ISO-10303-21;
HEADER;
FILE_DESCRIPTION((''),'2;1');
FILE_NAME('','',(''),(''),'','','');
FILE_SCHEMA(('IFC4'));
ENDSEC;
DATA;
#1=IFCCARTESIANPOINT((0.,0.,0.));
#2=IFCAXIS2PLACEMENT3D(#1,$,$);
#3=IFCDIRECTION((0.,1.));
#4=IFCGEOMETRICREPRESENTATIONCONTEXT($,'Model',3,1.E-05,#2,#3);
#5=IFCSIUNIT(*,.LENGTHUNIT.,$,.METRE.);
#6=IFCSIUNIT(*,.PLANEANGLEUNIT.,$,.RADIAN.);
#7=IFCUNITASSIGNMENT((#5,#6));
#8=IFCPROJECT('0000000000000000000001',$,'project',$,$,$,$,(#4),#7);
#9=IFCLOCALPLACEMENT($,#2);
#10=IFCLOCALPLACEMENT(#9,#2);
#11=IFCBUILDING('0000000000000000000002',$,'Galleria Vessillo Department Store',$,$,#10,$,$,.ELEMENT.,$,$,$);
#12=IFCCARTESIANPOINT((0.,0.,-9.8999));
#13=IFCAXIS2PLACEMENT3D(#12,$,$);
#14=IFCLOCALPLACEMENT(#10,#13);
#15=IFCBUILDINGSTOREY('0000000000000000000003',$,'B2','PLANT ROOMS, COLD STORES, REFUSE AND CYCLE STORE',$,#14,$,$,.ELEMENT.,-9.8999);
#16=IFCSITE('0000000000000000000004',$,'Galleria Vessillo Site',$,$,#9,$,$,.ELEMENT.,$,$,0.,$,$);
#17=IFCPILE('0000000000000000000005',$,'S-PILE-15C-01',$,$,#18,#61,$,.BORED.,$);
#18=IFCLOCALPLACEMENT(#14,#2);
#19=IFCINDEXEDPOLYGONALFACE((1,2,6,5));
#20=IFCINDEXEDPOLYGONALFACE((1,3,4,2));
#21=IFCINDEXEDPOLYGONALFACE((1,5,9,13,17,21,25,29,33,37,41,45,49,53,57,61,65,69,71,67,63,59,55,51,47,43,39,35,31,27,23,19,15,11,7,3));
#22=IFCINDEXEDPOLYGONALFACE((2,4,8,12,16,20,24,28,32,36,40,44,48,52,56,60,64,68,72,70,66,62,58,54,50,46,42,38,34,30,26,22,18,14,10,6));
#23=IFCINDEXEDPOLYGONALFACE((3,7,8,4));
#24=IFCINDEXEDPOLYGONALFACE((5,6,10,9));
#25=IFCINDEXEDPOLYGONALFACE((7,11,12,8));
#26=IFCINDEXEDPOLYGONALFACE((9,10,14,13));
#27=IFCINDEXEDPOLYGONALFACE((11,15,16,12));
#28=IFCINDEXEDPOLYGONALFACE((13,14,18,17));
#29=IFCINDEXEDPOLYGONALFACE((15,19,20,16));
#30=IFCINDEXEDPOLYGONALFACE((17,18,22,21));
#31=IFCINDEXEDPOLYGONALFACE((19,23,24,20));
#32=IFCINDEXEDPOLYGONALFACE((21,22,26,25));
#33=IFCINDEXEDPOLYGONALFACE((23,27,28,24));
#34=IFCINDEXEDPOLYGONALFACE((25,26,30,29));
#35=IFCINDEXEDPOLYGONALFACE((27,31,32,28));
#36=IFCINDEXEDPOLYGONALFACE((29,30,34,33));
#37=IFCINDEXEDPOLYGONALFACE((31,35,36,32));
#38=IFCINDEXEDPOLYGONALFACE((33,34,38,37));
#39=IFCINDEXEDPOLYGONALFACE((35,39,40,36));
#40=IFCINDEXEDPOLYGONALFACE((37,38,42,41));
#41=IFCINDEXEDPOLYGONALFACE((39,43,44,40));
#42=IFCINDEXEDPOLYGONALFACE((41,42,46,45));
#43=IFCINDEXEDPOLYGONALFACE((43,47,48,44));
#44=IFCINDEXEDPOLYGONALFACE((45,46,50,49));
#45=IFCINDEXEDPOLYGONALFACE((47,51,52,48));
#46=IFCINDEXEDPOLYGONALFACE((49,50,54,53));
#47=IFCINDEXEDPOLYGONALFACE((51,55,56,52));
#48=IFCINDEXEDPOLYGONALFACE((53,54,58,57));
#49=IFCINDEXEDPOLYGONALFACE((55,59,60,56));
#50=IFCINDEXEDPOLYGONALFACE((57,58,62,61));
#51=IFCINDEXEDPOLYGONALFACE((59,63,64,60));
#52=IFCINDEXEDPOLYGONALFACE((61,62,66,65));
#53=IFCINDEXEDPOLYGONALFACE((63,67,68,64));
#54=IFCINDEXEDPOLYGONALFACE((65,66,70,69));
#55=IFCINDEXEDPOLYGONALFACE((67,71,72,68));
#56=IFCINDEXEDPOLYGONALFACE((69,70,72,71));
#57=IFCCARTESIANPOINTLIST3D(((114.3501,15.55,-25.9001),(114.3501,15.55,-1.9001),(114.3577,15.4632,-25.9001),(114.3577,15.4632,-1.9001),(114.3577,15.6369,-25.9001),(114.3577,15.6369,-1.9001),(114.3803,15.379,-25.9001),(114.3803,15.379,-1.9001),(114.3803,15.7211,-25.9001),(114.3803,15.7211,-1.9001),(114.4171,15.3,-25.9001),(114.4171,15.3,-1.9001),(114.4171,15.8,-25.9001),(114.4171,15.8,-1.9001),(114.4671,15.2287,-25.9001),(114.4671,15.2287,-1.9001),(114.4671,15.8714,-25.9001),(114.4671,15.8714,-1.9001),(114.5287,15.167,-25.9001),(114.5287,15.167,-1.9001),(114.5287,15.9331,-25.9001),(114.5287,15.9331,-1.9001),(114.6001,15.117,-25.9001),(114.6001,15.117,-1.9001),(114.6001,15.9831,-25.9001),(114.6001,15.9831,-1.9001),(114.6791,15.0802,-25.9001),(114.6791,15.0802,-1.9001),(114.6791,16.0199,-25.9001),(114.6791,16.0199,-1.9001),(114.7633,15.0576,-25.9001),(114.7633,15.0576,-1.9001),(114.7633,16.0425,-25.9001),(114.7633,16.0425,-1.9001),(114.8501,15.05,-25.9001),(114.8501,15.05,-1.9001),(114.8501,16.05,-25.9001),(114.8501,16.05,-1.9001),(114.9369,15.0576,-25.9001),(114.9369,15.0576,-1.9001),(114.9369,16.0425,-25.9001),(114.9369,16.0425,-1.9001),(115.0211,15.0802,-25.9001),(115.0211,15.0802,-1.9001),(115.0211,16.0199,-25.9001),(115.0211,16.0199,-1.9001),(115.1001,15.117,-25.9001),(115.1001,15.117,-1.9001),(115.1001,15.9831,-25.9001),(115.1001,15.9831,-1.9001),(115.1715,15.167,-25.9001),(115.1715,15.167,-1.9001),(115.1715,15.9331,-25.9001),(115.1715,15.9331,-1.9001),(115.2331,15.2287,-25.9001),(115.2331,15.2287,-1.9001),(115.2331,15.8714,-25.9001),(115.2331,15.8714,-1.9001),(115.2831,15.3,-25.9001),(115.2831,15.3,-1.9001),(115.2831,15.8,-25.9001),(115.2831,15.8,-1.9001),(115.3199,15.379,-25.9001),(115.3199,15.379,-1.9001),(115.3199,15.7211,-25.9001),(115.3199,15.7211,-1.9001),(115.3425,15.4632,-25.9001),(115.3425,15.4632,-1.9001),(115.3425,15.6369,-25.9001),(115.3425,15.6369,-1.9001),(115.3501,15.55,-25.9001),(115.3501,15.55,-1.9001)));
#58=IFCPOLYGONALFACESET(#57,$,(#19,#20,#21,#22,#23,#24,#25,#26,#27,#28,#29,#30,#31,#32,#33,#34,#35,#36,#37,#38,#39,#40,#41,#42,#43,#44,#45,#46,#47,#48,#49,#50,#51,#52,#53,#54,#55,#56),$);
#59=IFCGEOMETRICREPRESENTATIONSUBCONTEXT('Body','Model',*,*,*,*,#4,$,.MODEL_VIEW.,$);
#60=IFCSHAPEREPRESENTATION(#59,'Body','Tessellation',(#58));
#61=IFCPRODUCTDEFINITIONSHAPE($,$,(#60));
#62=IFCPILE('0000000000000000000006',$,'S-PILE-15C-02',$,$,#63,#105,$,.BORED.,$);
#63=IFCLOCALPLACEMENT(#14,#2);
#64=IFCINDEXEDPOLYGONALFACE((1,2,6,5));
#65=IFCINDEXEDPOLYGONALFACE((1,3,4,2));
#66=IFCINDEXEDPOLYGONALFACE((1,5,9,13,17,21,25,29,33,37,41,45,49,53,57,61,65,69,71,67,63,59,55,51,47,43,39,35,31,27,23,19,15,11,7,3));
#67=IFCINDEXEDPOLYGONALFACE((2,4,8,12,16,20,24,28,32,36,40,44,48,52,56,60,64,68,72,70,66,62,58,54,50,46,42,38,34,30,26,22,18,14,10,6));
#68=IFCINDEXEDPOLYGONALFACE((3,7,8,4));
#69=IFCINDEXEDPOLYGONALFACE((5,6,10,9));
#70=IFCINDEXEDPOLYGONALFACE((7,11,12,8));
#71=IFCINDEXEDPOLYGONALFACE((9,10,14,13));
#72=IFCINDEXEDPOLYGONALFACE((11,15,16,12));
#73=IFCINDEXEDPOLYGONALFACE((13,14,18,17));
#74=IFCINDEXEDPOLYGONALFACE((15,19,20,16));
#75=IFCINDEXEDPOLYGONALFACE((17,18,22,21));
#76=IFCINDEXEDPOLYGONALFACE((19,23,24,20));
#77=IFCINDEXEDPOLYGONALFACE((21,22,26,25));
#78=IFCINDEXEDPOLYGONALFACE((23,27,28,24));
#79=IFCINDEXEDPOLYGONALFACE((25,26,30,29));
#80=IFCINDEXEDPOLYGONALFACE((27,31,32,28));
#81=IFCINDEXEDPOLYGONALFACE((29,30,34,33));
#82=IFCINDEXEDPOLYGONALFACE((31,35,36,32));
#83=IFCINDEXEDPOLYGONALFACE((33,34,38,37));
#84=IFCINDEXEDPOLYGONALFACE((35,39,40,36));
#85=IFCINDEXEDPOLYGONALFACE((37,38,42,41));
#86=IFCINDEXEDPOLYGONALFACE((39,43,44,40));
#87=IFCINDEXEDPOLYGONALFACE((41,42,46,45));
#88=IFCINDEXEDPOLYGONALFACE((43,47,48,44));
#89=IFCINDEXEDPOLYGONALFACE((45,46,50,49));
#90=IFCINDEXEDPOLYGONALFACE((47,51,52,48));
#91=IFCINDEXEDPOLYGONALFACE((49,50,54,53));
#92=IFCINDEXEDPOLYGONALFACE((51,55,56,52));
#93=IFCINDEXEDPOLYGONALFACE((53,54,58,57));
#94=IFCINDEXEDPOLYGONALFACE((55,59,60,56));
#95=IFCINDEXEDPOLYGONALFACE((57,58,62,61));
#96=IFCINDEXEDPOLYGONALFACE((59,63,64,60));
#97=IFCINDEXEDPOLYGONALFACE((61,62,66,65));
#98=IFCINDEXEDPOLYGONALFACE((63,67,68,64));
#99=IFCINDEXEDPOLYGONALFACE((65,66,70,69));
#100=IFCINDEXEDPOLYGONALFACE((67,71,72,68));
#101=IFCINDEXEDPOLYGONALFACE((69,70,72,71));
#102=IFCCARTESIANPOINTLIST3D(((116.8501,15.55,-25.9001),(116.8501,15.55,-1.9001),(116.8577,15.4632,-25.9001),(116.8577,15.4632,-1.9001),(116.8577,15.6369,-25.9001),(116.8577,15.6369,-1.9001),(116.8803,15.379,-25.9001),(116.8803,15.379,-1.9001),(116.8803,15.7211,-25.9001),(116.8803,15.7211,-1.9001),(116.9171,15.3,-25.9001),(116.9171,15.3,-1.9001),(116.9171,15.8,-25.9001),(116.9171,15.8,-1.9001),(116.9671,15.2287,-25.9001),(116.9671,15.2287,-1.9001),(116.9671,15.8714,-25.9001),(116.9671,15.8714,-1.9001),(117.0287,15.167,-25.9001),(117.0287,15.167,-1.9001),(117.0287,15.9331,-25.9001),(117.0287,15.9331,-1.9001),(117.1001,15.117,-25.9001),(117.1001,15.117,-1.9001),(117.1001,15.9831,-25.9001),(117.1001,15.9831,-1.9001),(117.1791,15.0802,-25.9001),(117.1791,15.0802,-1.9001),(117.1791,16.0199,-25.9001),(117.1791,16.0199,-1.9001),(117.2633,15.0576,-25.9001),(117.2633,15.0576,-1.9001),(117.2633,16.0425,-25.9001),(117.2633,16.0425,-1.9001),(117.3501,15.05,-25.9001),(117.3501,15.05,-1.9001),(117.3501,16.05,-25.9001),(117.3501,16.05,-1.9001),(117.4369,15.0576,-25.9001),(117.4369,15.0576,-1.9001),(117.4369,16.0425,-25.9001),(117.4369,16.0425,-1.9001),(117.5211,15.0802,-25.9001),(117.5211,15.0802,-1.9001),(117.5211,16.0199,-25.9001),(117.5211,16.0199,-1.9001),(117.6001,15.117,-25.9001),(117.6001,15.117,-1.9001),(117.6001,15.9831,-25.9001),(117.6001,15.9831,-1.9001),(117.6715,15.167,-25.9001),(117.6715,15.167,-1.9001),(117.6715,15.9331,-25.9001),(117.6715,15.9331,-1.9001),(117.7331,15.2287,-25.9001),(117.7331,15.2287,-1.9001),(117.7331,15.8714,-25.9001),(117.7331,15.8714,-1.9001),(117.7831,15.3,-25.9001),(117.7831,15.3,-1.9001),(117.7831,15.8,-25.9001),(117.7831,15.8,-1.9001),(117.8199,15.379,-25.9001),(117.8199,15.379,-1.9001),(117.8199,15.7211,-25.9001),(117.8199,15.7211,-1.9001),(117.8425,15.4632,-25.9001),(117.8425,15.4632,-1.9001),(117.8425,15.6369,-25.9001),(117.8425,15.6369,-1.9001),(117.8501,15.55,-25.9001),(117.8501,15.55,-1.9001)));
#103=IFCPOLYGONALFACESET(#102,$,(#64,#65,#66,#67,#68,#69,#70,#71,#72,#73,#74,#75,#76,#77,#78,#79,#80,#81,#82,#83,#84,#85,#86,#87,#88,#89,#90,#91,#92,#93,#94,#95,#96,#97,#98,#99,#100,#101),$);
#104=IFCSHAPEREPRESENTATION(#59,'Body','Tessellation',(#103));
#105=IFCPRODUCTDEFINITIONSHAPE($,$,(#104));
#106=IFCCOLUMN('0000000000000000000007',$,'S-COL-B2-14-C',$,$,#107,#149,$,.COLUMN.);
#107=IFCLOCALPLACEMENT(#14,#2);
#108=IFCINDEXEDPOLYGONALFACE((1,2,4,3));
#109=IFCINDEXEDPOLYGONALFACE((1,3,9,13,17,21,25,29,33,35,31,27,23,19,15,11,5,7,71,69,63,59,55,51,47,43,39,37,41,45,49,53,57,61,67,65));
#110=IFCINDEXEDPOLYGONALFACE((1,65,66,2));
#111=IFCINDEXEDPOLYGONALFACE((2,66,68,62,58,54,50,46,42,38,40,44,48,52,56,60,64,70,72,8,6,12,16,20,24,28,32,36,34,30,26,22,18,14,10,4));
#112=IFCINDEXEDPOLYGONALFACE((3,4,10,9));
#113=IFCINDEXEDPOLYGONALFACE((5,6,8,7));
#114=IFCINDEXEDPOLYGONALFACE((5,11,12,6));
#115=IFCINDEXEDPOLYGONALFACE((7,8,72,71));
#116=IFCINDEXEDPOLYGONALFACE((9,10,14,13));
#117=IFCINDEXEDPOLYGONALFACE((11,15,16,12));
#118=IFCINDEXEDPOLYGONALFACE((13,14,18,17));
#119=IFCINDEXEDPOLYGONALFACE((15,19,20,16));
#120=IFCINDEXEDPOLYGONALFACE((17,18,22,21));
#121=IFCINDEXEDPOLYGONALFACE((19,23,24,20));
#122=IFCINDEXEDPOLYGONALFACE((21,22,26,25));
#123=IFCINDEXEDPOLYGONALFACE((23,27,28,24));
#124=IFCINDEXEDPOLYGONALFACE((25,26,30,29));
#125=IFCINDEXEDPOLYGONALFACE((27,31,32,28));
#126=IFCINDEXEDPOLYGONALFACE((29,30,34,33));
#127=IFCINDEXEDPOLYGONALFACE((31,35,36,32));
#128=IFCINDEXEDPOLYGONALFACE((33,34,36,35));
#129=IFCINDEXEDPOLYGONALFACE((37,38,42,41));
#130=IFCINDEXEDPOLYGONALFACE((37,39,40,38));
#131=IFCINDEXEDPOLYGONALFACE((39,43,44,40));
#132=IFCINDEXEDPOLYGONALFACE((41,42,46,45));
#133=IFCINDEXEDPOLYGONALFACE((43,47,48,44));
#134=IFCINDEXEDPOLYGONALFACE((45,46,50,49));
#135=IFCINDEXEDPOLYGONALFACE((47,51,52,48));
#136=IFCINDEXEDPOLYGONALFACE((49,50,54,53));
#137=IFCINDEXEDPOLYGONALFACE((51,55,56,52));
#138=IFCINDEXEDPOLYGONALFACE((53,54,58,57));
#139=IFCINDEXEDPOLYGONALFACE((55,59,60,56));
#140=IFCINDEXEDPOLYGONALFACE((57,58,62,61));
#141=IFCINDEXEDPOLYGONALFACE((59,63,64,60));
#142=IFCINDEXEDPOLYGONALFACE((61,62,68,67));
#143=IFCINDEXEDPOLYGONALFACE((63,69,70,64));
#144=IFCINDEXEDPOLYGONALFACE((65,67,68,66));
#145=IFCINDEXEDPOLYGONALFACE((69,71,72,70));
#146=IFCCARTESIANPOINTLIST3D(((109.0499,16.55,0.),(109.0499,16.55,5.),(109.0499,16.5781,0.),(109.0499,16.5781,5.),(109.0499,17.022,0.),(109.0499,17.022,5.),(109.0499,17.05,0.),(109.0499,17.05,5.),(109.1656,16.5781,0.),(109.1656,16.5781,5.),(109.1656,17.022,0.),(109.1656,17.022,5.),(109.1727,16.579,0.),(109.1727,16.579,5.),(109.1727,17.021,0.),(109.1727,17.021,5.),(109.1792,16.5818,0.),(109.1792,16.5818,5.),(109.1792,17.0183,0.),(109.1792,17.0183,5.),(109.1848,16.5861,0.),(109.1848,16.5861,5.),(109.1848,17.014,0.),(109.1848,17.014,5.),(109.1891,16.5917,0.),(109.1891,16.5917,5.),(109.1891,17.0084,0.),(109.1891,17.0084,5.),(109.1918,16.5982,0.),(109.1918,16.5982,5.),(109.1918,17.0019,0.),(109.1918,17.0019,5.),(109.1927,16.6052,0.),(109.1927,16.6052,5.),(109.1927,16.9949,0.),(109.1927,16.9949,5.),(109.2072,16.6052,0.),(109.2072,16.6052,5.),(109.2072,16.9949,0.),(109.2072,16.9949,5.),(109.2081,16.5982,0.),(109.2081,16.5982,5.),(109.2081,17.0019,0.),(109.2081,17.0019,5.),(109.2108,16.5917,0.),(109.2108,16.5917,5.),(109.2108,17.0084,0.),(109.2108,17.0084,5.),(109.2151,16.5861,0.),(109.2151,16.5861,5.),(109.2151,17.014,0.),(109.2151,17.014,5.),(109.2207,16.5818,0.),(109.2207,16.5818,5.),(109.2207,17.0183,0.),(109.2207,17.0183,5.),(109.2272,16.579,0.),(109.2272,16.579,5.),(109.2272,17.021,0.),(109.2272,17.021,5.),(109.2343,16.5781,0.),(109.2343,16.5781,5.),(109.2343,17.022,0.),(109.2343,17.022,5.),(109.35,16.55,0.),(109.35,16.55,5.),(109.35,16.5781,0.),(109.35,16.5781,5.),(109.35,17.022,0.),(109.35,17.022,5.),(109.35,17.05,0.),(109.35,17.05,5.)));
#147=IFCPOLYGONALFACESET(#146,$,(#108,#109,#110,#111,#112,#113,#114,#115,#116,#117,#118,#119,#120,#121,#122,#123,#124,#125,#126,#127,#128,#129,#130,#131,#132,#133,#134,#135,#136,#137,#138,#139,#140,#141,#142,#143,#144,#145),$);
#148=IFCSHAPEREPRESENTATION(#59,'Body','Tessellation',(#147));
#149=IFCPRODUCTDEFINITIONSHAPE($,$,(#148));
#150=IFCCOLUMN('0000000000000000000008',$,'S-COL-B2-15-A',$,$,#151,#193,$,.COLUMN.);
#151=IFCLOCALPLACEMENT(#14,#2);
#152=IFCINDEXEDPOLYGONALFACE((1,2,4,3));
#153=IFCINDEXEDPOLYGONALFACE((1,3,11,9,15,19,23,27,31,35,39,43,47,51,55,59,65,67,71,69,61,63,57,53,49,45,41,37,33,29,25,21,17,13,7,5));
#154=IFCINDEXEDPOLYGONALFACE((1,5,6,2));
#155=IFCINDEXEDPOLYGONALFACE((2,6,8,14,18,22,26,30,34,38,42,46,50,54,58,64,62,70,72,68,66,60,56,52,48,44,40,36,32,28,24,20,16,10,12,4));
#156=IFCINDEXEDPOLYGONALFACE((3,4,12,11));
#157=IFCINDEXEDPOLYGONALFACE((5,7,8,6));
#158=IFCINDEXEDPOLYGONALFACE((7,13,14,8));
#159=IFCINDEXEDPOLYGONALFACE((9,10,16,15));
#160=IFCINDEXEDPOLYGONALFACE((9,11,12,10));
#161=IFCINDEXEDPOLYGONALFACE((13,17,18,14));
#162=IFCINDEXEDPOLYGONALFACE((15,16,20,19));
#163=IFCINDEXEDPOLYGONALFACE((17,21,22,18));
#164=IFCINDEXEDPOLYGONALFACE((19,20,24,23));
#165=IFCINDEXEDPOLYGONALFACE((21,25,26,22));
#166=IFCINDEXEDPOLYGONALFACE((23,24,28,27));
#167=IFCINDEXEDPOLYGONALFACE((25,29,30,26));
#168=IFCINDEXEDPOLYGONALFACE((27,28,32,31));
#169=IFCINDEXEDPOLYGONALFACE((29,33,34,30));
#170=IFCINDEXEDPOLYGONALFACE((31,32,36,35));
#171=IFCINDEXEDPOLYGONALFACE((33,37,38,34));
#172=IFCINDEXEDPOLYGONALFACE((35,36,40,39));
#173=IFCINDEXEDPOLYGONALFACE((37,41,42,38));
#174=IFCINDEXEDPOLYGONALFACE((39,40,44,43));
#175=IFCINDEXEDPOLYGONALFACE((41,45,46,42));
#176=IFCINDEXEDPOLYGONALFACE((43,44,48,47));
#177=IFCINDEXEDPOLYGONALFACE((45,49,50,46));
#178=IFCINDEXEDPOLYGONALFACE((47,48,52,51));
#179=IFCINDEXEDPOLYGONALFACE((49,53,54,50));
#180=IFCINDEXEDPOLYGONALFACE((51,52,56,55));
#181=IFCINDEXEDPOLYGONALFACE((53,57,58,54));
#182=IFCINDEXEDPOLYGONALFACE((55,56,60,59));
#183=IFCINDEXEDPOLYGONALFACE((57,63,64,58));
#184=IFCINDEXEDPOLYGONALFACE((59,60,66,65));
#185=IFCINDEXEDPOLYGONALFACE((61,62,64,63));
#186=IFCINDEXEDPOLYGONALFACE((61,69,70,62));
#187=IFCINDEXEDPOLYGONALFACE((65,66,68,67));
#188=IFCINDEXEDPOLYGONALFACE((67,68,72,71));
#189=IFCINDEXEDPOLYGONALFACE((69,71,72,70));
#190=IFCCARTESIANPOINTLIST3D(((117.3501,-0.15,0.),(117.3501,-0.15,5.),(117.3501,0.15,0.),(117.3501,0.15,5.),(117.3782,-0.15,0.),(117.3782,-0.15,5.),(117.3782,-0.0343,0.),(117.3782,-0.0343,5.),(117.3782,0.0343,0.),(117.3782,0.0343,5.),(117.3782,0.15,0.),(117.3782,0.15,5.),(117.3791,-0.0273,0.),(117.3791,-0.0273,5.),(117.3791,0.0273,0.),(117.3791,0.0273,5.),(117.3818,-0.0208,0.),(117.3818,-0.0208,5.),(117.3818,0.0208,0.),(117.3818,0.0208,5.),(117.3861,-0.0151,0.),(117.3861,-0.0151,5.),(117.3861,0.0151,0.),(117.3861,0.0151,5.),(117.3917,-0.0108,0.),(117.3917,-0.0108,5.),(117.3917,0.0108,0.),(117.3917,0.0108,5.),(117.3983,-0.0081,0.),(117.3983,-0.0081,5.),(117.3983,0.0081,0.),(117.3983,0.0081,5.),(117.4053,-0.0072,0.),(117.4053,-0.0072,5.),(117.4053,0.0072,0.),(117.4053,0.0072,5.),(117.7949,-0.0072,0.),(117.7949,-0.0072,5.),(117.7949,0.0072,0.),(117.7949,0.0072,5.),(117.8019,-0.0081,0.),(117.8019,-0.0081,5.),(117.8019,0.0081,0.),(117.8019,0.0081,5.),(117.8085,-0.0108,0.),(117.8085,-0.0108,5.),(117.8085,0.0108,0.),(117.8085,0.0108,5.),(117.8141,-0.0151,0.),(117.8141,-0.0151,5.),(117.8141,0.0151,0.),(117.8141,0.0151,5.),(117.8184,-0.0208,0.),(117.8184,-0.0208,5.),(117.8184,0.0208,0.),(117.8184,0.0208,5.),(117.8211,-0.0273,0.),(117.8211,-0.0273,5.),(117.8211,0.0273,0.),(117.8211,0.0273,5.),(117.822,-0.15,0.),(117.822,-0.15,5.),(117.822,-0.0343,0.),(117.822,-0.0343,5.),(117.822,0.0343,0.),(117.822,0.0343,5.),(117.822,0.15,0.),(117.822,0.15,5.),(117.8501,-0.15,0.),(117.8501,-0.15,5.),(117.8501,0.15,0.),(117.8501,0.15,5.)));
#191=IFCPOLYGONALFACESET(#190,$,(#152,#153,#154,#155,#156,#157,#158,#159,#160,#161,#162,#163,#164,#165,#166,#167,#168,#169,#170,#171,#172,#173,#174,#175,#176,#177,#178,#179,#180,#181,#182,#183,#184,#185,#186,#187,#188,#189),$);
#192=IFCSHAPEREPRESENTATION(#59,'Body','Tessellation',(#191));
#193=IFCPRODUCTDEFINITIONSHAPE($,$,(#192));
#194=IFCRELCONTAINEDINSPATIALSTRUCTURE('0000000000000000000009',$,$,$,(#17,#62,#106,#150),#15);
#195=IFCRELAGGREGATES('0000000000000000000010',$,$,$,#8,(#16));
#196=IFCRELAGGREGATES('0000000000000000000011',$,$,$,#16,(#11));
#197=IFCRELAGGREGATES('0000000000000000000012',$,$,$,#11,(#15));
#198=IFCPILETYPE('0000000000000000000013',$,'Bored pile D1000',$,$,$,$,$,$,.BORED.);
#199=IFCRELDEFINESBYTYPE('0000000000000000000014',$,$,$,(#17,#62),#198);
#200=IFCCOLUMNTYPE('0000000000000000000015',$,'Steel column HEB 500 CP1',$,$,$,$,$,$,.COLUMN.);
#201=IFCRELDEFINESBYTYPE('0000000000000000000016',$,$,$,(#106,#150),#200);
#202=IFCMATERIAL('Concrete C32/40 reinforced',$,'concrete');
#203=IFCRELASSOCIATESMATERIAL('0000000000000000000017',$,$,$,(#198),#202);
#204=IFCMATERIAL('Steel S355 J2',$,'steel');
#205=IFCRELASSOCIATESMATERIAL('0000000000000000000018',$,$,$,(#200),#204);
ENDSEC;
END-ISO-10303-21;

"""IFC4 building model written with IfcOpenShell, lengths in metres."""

from ifc_helpers import new_model, si_unit, direction, frame, origin, origin_2d, place, context, subcontext, project, spatial, circle, i_section, extrude, material, material_profile, profile_set, type_object, element, save


model = new_model("IFC4")

# Units and contexts
model_context = context("Model", 3, precision=1e-05, world=origin(), true_north=direction((0.0, 1.0)))
body_context = subcontext(model_context, "Body", "Model", "MODEL_VIEW")
ifc_project = project(units=[si_unit("LENGTHUNIT", "METRE"), si_unit("PLANEANGLEUNIT", "RADIAN")], contexts=[model_context])

# Site, building, storey
site_placement = place(None, origin())
site = spatial("IfcSite", under=ifc_project, at=site_placement, Name="Galleria Vessillo Site", CompositionType="ELEMENT", RefElevation=0.0)
building_placement = place(site_placement, origin())
building = spatial("IfcBuilding", under=site, at=building_placement, Name="Galleria Vessillo Department Store", CompositionType="ELEMENT")
storey_placement = place(building_placement, frame((0.0, 0.0, -9.8999)))
storey = spatial("IfcBuildingStorey", under=building, at=storey_placement, Name="B2", Description="PLANT ROOMS, COLD STORES, REFUSE AND CYCLE STORE", CompositionType="ELEMENT", Elevation=-9.8999)

# Piles
ifc_material_1 = material(Name="Concrete C32/40 reinforced", Category="concrete")
ifc_material_profile_1 = material_profile(ifc_material_1, circle(Radius=0.5, at=origin_2d()), Name="Bored pile D1000")
ifc_profile_set_1 = profile_set([ifc_material_profile_1], Name="Concrete C32/40 reinforced")
pile_type = type_object("IfcPileType", Name="Bored pile D1000", PredefinedType="BORED", material=ifc_profile_set_1)
for number, where, z_axis, x_axis, name in (
    (1, (114.8501, 15.55, -1.9001), (0.0, 0.0, -1.0), (1.0, 0.0, 0.0), "S-PILE-15C-01"),
    (2, (117.3501, 15.55, -1.9001), (0.0, 0.0, -1.0), (1.0, 0.0, 0.0), "S-PILE-15C-02"),
):
    element("IfcPile", number, at=place(storey_placement, frame(where, z_axis=z_axis, x_axis=x_axis)), inside=storey, type_object=pile_type, Name=name, PredefinedType="BORED", context=body_context, shape_type="SweptSolid", body=[
        extrude(circle(Radius=0.5, at=origin_2d()), origin(), (0.0, 0.0, 1.0), 24.0),
    ])

# Columns
ifc_material_2 = material(Name="Steel S355 J2", Category="steel")
ifc_material_profile_2 = material_profile(ifc_material_2, i_section(OverallWidth=0.3, OverallDepth=0.5, WebThickness=0.0144, FlangeThickness=0.0281, FilletRadius=0.0271, at=origin_2d()), Name="HEB 500")
ifc_profile_set_2 = profile_set([ifc_material_profile_2], Name="Steel S355 J2")
column_type = type_object("IfcColumnType", Name="Steel column HEB 500 CP1", PredefinedType="COLUMN", material=ifc_profile_set_2)
for number, where, z_axis, x_axis, name in (
    (3, (109.2, 16.8, 0.0), (0.0, 0.0, 1.0), (1.0, 0.0, 0.0), "S-COL-B2-14-C"),
    (4, (117.6001, 0.0, 0.0), (0.0, 0.0, 1.0), (0.0, 1.0, 0.0), "S-COL-B2-15-A"),
):
    element("IfcColumn", number, at=place(storey_placement, frame(where, z_axis=z_axis, x_axis=x_axis)), inside=storey, type_object=column_type, Name=name, PredefinedType="COLUMN", context=body_context, shape_type="SweptSolid", body=[
        extrude(i_section(OverallWidth=0.3, OverallDepth=0.5, WebThickness=0.0144, FlangeThickness=0.0281, FilletRadius=0.0271, at=origin_2d()), origin(), (0.0, 0.0, 1.0), 5.0),
    ])

save(model, "model.ifc")
